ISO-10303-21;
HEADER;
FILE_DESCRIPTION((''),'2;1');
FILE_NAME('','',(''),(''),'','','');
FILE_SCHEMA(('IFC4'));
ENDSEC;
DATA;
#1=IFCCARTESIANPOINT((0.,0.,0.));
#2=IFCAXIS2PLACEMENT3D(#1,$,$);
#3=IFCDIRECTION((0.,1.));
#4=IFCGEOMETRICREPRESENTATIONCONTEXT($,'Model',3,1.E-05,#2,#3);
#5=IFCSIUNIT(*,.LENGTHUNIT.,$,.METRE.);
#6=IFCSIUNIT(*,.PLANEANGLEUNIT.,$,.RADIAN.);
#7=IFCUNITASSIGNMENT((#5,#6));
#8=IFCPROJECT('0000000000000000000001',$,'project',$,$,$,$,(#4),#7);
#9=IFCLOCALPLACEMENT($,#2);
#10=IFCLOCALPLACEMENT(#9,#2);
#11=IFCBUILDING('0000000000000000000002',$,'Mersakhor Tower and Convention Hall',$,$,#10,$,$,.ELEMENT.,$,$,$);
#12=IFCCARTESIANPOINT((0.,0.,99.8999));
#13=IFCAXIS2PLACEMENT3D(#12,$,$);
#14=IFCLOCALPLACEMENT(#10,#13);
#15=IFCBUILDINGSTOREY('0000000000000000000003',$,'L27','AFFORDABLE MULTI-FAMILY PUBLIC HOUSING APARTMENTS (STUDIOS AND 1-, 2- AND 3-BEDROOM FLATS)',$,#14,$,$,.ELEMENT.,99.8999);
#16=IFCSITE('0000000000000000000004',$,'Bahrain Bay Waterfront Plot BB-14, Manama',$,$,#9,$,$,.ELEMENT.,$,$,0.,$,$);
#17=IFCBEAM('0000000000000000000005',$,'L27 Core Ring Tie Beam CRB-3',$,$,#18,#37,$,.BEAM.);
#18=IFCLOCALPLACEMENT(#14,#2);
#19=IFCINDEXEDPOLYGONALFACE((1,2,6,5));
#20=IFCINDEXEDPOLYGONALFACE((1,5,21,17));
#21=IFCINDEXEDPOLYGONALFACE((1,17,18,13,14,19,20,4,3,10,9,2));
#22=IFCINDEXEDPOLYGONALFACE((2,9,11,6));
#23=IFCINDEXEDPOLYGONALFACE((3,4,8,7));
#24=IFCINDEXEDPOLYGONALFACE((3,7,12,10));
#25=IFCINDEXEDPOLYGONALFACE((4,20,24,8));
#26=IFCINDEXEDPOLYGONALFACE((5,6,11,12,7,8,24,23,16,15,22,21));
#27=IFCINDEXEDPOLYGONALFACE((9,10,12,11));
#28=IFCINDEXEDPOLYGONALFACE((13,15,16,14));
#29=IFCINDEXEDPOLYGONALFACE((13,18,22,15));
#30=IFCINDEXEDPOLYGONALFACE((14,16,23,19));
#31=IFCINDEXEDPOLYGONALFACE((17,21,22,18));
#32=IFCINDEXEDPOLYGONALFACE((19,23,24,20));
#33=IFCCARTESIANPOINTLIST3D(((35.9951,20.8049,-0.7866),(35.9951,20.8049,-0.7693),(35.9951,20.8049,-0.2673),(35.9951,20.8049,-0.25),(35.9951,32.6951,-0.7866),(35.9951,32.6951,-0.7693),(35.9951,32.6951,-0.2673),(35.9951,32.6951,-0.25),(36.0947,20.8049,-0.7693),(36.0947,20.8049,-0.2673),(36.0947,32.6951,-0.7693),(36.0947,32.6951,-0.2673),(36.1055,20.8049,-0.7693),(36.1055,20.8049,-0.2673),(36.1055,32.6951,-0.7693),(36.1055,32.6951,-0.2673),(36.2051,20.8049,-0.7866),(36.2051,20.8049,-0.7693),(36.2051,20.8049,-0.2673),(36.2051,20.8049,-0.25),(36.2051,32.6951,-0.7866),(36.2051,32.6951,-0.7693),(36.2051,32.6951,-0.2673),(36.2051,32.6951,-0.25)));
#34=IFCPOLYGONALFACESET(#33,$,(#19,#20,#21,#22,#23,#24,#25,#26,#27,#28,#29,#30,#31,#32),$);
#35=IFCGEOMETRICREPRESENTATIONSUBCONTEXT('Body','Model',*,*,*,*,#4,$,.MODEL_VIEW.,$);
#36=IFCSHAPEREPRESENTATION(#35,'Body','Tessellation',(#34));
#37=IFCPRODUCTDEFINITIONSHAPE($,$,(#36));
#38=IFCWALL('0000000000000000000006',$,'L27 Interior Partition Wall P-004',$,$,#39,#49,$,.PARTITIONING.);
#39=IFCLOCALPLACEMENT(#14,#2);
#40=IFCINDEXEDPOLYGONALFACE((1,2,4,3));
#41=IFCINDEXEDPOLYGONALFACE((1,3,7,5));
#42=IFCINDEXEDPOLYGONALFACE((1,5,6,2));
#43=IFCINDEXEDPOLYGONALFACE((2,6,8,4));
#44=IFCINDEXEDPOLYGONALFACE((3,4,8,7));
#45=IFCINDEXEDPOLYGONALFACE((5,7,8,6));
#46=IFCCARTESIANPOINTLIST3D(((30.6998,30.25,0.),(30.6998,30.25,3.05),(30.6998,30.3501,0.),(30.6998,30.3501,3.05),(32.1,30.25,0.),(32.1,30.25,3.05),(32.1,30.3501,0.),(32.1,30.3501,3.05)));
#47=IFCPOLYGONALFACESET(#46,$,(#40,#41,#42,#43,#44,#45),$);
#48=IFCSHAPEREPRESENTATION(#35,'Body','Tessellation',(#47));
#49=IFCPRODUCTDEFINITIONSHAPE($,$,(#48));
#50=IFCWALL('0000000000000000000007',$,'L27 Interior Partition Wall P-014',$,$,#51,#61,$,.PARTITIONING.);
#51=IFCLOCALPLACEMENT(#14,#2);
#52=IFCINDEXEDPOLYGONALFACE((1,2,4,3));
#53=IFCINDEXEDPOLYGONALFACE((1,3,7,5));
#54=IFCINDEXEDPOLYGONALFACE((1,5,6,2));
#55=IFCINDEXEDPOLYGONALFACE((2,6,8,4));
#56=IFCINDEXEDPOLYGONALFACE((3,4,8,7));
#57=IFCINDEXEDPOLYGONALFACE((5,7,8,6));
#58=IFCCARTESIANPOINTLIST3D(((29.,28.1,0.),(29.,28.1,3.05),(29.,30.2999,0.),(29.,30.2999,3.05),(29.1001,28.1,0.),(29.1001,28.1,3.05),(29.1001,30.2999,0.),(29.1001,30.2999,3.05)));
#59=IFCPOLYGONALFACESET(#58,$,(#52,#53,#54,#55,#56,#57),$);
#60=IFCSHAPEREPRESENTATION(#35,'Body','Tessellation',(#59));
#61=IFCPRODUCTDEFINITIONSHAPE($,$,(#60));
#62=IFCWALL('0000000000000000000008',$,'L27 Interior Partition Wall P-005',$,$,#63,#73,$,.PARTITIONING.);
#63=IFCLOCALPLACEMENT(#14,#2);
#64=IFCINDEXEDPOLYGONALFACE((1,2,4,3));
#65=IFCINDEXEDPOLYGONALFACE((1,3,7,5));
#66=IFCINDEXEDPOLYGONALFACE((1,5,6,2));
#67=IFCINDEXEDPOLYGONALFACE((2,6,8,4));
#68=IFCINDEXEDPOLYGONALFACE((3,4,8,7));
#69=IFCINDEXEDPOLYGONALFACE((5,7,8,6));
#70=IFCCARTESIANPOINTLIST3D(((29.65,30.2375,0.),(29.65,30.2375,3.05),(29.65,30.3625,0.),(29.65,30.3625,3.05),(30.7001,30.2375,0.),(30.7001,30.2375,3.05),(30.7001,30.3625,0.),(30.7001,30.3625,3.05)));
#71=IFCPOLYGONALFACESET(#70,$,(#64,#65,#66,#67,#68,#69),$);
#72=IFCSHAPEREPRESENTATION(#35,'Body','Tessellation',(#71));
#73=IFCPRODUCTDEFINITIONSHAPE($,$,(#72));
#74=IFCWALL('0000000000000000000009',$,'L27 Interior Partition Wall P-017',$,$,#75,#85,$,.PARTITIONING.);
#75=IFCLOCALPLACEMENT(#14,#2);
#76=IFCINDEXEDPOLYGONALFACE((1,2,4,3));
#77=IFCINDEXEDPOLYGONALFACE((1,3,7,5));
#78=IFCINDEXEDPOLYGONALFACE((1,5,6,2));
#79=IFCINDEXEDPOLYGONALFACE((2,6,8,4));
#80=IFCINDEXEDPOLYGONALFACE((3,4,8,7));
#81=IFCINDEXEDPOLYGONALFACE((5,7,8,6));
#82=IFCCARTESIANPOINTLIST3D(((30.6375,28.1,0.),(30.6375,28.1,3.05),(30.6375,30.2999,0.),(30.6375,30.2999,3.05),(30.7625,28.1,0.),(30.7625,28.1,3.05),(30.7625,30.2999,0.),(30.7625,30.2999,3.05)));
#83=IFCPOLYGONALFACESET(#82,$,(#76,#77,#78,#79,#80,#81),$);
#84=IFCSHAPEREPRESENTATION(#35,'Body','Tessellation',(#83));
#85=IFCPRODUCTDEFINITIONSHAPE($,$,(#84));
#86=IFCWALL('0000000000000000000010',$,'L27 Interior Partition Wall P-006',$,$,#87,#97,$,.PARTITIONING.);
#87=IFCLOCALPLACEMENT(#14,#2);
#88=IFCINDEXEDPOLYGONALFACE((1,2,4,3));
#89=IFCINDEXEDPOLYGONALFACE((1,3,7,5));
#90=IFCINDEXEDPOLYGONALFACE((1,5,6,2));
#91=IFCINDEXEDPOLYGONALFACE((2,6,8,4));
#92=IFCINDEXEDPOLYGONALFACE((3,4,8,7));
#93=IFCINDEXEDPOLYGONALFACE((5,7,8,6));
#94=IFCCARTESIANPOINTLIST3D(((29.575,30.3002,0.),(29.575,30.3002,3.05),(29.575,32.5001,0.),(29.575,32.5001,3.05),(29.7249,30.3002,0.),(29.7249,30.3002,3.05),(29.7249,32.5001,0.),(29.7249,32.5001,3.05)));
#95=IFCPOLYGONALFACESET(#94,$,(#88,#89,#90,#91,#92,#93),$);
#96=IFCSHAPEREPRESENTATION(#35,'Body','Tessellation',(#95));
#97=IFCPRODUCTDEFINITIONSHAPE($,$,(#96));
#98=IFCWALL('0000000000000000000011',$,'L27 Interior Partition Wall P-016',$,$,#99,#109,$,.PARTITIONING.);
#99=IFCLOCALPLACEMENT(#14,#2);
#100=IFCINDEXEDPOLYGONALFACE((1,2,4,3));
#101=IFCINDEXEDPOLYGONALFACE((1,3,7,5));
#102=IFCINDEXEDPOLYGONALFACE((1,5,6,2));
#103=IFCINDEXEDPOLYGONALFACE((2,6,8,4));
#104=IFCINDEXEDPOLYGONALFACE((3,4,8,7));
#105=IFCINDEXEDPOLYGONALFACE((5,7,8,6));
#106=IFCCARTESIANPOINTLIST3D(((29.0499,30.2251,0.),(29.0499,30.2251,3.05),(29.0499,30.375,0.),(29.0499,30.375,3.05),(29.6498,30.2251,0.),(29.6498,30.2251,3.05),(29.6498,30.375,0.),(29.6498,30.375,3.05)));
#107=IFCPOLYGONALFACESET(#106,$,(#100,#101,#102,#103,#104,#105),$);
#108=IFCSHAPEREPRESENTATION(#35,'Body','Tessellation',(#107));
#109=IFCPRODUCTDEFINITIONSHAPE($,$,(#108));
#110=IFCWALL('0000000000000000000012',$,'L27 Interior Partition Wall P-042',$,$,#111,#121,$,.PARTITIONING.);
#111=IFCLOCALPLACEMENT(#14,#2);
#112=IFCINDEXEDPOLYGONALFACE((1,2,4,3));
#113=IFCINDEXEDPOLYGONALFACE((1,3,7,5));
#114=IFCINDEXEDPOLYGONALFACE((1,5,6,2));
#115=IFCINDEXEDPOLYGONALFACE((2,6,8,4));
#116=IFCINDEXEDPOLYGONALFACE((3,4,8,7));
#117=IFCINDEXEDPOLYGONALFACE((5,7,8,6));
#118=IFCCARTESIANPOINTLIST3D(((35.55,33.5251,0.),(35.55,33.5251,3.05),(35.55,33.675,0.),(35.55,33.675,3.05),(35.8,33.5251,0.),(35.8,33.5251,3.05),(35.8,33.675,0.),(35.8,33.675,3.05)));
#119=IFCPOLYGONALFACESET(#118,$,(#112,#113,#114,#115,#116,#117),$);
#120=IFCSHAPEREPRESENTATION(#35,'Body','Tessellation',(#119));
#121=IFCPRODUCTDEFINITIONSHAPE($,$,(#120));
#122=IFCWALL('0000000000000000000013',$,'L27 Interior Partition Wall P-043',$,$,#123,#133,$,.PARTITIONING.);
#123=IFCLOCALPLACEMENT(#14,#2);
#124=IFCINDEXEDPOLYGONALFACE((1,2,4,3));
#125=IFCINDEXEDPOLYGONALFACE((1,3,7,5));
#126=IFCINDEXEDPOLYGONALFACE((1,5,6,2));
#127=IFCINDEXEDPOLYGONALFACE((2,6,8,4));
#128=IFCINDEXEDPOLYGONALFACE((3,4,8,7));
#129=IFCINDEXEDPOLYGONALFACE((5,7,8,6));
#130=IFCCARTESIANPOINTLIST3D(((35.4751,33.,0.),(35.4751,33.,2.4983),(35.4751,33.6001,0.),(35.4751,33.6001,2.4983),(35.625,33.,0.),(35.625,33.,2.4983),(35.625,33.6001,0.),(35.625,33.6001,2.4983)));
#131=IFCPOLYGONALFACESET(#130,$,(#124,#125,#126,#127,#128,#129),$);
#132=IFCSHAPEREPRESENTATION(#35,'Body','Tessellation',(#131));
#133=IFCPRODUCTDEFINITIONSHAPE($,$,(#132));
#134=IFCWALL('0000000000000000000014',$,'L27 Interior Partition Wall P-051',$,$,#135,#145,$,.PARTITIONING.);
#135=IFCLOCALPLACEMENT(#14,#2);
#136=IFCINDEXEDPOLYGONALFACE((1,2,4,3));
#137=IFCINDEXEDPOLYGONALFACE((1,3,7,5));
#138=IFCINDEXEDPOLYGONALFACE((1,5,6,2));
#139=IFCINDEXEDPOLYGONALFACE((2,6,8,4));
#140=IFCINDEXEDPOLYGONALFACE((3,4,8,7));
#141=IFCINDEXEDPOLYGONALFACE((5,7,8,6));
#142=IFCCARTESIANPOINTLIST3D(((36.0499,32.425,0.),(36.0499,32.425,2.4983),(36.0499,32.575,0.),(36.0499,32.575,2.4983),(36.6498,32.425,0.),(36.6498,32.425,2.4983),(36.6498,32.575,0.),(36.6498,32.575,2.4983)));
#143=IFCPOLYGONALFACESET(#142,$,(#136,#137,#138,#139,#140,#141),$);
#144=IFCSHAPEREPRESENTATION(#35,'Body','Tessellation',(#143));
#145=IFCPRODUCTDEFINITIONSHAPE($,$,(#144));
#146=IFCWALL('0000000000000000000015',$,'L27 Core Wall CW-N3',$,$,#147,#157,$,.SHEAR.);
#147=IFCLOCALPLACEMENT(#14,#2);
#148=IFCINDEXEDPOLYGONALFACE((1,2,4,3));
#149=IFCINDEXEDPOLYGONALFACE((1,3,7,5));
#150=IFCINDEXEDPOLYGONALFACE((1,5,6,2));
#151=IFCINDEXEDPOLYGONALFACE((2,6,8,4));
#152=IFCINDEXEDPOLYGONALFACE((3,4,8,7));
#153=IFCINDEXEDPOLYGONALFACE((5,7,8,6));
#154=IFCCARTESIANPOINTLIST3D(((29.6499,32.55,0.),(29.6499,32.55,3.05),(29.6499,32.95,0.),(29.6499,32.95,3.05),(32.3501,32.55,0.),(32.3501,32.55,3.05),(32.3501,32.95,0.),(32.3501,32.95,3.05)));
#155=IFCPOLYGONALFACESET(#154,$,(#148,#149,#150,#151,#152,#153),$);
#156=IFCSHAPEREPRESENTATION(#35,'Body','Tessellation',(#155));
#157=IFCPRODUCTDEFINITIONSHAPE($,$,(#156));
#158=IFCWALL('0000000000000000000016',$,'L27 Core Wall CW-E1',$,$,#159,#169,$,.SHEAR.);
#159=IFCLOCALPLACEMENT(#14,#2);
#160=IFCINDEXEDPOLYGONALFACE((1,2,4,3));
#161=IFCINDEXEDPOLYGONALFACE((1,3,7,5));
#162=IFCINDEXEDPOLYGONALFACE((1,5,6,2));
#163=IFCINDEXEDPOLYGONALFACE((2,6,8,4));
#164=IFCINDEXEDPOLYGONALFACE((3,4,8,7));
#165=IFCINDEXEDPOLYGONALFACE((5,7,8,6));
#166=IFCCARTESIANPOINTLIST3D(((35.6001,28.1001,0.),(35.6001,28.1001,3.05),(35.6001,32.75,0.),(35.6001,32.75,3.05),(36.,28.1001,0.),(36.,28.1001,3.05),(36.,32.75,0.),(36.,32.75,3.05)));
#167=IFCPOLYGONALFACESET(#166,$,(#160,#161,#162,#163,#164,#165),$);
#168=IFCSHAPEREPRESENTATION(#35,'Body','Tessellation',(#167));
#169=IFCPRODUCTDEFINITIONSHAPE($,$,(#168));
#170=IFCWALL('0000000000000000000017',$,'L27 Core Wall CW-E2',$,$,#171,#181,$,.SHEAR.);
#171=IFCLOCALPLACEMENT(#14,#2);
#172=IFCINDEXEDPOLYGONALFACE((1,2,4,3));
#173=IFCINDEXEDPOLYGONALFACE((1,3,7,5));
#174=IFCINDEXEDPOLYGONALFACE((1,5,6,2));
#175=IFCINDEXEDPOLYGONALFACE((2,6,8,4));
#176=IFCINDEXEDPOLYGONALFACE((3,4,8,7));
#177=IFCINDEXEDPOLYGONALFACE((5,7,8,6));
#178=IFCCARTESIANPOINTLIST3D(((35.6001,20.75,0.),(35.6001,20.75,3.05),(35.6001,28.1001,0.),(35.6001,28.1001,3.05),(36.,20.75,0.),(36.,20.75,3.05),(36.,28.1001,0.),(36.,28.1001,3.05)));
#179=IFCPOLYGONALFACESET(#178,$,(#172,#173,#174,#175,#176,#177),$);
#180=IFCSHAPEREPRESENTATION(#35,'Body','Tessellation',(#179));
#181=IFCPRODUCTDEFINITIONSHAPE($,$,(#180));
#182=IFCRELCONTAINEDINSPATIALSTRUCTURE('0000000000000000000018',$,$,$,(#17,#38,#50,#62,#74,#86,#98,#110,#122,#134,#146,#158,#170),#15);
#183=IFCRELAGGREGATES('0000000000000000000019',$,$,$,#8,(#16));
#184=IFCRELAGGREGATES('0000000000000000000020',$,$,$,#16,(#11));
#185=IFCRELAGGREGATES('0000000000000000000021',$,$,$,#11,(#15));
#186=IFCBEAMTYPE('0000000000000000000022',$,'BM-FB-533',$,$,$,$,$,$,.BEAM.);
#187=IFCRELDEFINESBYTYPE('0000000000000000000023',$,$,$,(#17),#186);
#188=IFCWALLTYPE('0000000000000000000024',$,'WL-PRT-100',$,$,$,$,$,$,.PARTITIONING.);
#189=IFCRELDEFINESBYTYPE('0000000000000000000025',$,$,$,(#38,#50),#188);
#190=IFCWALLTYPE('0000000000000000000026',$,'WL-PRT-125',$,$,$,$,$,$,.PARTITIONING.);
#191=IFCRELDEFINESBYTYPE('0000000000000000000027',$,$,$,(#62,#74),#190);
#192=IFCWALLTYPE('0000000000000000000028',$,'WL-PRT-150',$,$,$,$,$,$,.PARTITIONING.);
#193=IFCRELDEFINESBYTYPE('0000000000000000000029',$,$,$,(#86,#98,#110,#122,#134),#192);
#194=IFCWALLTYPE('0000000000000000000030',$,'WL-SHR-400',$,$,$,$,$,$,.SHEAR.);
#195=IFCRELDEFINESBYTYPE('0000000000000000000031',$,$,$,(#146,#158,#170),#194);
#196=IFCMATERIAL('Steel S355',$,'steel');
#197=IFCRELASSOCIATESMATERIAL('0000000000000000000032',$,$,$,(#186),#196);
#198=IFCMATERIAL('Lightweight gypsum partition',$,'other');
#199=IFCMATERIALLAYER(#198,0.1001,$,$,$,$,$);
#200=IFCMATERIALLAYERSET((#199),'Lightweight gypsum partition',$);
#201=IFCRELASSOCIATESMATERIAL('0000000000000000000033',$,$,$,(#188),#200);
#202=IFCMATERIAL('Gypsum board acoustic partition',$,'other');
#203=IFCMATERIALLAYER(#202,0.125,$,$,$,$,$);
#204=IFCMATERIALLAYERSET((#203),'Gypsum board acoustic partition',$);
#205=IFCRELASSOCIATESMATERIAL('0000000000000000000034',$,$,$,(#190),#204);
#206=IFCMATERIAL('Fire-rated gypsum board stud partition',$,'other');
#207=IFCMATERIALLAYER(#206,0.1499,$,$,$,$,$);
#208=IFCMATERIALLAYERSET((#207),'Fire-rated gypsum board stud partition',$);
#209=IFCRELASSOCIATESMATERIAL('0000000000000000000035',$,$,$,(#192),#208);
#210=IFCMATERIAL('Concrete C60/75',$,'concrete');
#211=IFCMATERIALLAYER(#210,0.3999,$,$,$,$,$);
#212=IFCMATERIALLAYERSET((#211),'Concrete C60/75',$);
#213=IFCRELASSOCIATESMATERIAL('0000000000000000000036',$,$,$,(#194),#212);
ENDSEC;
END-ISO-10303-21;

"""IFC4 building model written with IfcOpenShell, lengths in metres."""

from ifc_helpers import new_model, si_unit, direction, frame, frame_2d, origin, origin_2d, place, context, subcontext, project, spatial, rectangle, i_section, extrude, material, layer, layer_set, material_profile, profile_set, type_object, element, save


model = new_model("IFC4")

# Units and contexts
model_context = context("Model", 3, precision=1e-05, world=origin(), true_north=direction((0.0, 1.0)))
body_context = subcontext(model_context, "Body", "Model", "MODEL_VIEW")
ifc_project = project(units=[si_unit("LENGTHUNIT", "METRE"), si_unit("PLANEANGLEUNIT", "RADIAN")], contexts=[model_context])

# Site, building, storey
site_placement = place(None, origin())
site = spatial("IfcSite", under=ifc_project, at=site_placement, Name="Bahrain Bay Waterfront Plot BB-14, Manama", CompositionType="ELEMENT", RefElevation=0.0)
building_placement = place(site_placement, origin())
building = spatial("IfcBuilding", under=site, at=building_placement, Name="Mersakhor Tower and Convention Hall", CompositionType="ELEMENT")
storey_placement = place(building_placement, frame((0.0, 0.0, 99.8999)))
storey = spatial("IfcBuildingStorey", under=building, at=storey_placement, Name="L27", Description="AFFORDABLE MULTI-FAMILY PUBLIC HOUSING APARTMENTS (STUDIOS AND 1-, 2- AND 3-BEDROOM FLATS)", CompositionType="ELEMENT", Elevation=99.8999)

# Beam
ifc_material_1 = material(Name="Steel S355", Category="steel")
ifc_material_profile = material_profile(ifc_material_1, i_section(OverallWidth=0.21, OverallDepth=0.5366, WebThickness=0.0107, FlangeThickness=0.0173, at=origin_2d()), Name="UB 533x210x101")
ifc_profile_set = profile_set([ifc_material_profile], Name="Steel S355")
beam_type = type_object("IfcBeamType", Name="BM-FB-533", PredefinedType="BEAM", material=ifc_profile_set)
beam_placement = place(storey_placement, frame((36.1001, 32.6951, -0.5183), z_axis=(0.0, -1.0, 0.0), x_axis=(1.0, 0.0, 0.0)))
element("IfcBeam", 1, at=beam_placement, inside=storey, type_object=beam_type, Name="L27 Core Ring Tie Beam CRB-3", PredefinedType="BEAM", context=body_context, shape_type="SweptSolid", body=[
    extrude(i_section(OverallWidth=0.21, OverallDepth=0.5366, WebThickness=0.0107, FlangeThickness=0.0173, at=origin_2d()), origin(), (0.0, 0.0, 1.0), 11.8901),
])

# Walls
ifc_material_2 = material(Name="Lightweight gypsum partition", Category="other")
ifc_layer_1 = layer(ifc_material_2, 0.1001)
ifc_layer_set_1 = layer_set([ifc_layer_1], Name="Lightweight gypsum partition")
wall_type_1 = type_object("IfcWallType", Name="WL-PRT-100", PredefinedType="PARTITIONING", material=ifc_layer_set_1)
wall_1_placement = place(storey_placement, frame((32.1001, 30.3, 0.0), z_axis=(0.0, 0.0, 1.0), x_axis=(-1.0, 0.0, 0.0)))
element("IfcWall", 2, at=wall_1_placement, inside=storey, type_object=wall_type_1, Name="L27 Interior Partition Wall P-004", PredefinedType="PARTITIONING", context=body_context, shape_type="SweptSolid", body=[
    extrude(rectangle(XDim=1.4001, YDim=0.1001, at=frame_2d((0.7002, 0.0))), origin(), (0.0, 0.0, 1.0), 3.05),
])
wall_2_placement = place(storey_placement, frame((29.05, 30.3, 0.0), z_axis=(0.0, 0.0, 1.0), x_axis=(0.0, -1.0, 0.0)))
element("IfcWall", 3, at=wall_2_placement, inside=storey, type_object=wall_type_1, Name="L27 Interior Partition Wall P-014", PredefinedType="PARTITIONING", context=body_context, shape_type="SweptSolid", body=[
    extrude(rectangle(XDim=2.2, YDim=0.1001, at=frame_2d((1.1001, 0.0))), origin(), (0.0, 0.0, 1.0), 3.05),
])
ifc_material_3 = material(Name="Gypsum board acoustic partition", Category="other")
ifc_layer_2 = layer(ifc_material_3, 0.125)
ifc_layer_set_2 = layer_set([ifc_layer_2], Name="Gypsum board acoustic partition")
wall_type_2 = type_object("IfcWallType", Name="WL-PRT-125", PredefinedType="PARTITIONING", material=ifc_layer_set_2)
wall_3_placement = place(storey_placement, frame((30.7, 30.3, 0.0), z_axis=(0.0, 0.0, 1.0), x_axis=(-1.0, 0.0, 0.0)))
element("IfcWall", 4, at=wall_3_placement, inside=storey, type_object=wall_type_2, Name="L27 Interior Partition Wall P-005", PredefinedType="PARTITIONING", context=body_context, shape_type="SweptSolid", body=[
    extrude(rectangle(XDim=1.05, YDim=0.125, at=frame_2d((0.5249, 0.0))), origin(), (0.0, 0.0, 1.0), 3.05),
])
wall_4_placement = place(storey_placement, frame((30.7, 30.3, 0.0), z_axis=(0.0, 0.0, 1.0), x_axis=(0.0, -1.0, 0.0)))
element("IfcWall", 5, at=wall_4_placement, inside=storey, type_object=wall_type_2, Name="L27 Interior Partition Wall P-017", PredefinedType="PARTITIONING", context=body_context, shape_type="SweptSolid", body=[
    extrude(rectangle(XDim=2.2, YDim=0.125, at=frame_2d((1.1001, 0.0))), origin(), (0.0, 0.0, 1.0), 3.05),
])
ifc_material_4 = material(Name="Fire-rated gypsum board stud partition", Category="other")
ifc_layer_3 = layer(ifc_material_4, 0.1499)
ifc_layer_set_3 = layer_set([ifc_layer_3], Name="Fire-rated gypsum board stud partition")
wall_type_3 = type_object("IfcWallType", Name="WL-PRT-150", PredefinedType="PARTITIONING", material=ifc_layer_set_3)
wall_5_placement = place(storey_placement, frame((29.6499, 30.3, 0.0), z_axis=(0.0, 0.0, 1.0), x_axis=(0.0, 1.0, 0.0)))
element("IfcWall", 6, at=wall_5_placement, inside=storey, type_object=wall_type_3, Name="L27 Interior Partition Wall P-006", PredefinedType="PARTITIONING", context=body_context, shape_type="SweptSolid", body=[
    extrude(rectangle(XDim=2.2, YDim=0.1499, at=frame_2d((1.1001, 0.0))), origin(), (0.0, 0.0, 1.0), 3.05),
])
wall_6_placement = place(storey_placement, frame((29.05, 30.3, 0.0), z_axis=(0.0, 0.0, 1.0), x_axis=(1.0, 0.0, 0.0)))
element("IfcWall", 7, at=wall_6_placement, inside=storey, type_object=wall_type_3, Name="L27 Interior Partition Wall P-016", PredefinedType="PARTITIONING", context=body_context, shape_type="SweptSolid", body=[
    extrude(rectangle(XDim=0.5999, YDim=0.1499, at=frame_2d((0.2998, 0.0))), origin(), (0.0, 0.0, 1.0), 3.05),
])
wall_7_placement = place(storey_placement, frame((35.8, 33.6001, 0.0), z_axis=(0.0, 0.0, 1.0), x_axis=(-1.0, 0.0, 0.0)))
element("IfcWall", 8, at=wall_7_placement, inside=storey, type_object=wall_type_3, Name="L27 Interior Partition Wall P-042", PredefinedType="PARTITIONING", context=body_context, shape_type="SweptSolid", body=[
    extrude(rectangle(XDim=0.25, YDim=0.1499, at=frame_2d((0.125, 0.0))), origin(), (0.0, 0.0, 1.0), 3.05),
])
wall_8_placement = place(storey_placement, frame((35.55, 33.6001, 0.0), z_axis=(0.0, 0.0, 1.0), x_axis=(0.0, -1.0, 0.0)))
element("IfcWall", 9, at=wall_8_placement, inside=storey, type_object=wall_type_3, Name="L27 Interior Partition Wall P-043", PredefinedType="PARTITIONING", context=body_context, shape_type="SweptSolid", body=[
    extrude(rectangle(XDim=0.6001, YDim=0.1499, at=frame_2d((0.3, 0.0))), origin(), (0.0, 0.0, 1.0), 2.4983),
])
wall_9_placement = place(storey_placement, frame((36.05, 32.5, 0.0), z_axis=(0.0, 0.0, 1.0), x_axis=(1.0, 0.0, 0.0)))
element("IfcWall", 10, at=wall_9_placement, inside=storey, type_object=wall_type_3, Name="L27 Interior Partition Wall P-051", PredefinedType="PARTITIONING", context=body_context, shape_type="SweptSolid", body=[
    extrude(rectangle(XDim=0.5999, YDim=0.1499, at=frame_2d((0.2998, 0.0))), origin(), (0.0, 0.0, 1.0), 2.4983),
])

# Wall
ifc_material_5 = material(Name="Concrete C60/75", Category="concrete")
ifc_layer_4 = layer(ifc_material_5, 0.3999)
ifc_layer_set_4 = layer_set([ifc_layer_4], Name="Concrete C60/75")
wall_type_4 = type_object("IfcWallType", Name="WL-SHR-400", PredefinedType="SHEAR", material=ifc_layer_set_4)
wall_10_placement = place(storey_placement, frame((29.6499, 32.75, 0.0), z_axis=(0.0, 0.0, 1.0), x_axis=(1.0, 0.0, 0.0)))
element("IfcWall", 11, at=wall_10_placement, inside=storey, type_object=wall_type_4, Name="L27 Core Wall CW-N3", PredefinedType="SHEAR", context=body_context, shape_type="SweptSolid", body=[
    extrude(rectangle(XDim=2.7002, YDim=0.3999, at=frame_2d((1.3501, 0.0))), origin(), (0.0, 0.0, 1.0), 3.05),
])

# Walls
wall_11_placement = place(storey_placement, frame((35.8, 32.75, 0.0), z_axis=(0.0, 0.0, 1.0), x_axis=(0.0, -1.0, 0.0)))
element("IfcWall", 12, at=wall_11_placement, inside=storey, type_object=wall_type_4, Name="L27 Core Wall CW-E1", PredefinedType="SHEAR", context=body_context, shape_type="SweptSolid", body=[
    extrude(rectangle(XDim=4.6499, YDim=0.3999, at=frame_2d((2.325, 0.0))), origin(), (0.0, 0.0, 1.0), 3.05),
])
wall_12_placement = place(storey_placement, frame((35.8, 28.1001, 0.0), z_axis=(0.0, 0.0, 1.0), x_axis=(0.0, -1.0, 0.0)))
element("IfcWall", 13, at=wall_12_placement, inside=storey, type_object=wall_type_4, Name="L27 Core Wall CW-E2", PredefinedType="SHEAR", context=body_context, shape_type="SweptSolid", body=[
    extrude(rectangle(XDim=7.3501, YDim=0.3999, at=frame_2d((3.675, 0.0))), origin(), (0.0, 0.0, 1.0), 3.05),
])

save(model, "model.ifc")
